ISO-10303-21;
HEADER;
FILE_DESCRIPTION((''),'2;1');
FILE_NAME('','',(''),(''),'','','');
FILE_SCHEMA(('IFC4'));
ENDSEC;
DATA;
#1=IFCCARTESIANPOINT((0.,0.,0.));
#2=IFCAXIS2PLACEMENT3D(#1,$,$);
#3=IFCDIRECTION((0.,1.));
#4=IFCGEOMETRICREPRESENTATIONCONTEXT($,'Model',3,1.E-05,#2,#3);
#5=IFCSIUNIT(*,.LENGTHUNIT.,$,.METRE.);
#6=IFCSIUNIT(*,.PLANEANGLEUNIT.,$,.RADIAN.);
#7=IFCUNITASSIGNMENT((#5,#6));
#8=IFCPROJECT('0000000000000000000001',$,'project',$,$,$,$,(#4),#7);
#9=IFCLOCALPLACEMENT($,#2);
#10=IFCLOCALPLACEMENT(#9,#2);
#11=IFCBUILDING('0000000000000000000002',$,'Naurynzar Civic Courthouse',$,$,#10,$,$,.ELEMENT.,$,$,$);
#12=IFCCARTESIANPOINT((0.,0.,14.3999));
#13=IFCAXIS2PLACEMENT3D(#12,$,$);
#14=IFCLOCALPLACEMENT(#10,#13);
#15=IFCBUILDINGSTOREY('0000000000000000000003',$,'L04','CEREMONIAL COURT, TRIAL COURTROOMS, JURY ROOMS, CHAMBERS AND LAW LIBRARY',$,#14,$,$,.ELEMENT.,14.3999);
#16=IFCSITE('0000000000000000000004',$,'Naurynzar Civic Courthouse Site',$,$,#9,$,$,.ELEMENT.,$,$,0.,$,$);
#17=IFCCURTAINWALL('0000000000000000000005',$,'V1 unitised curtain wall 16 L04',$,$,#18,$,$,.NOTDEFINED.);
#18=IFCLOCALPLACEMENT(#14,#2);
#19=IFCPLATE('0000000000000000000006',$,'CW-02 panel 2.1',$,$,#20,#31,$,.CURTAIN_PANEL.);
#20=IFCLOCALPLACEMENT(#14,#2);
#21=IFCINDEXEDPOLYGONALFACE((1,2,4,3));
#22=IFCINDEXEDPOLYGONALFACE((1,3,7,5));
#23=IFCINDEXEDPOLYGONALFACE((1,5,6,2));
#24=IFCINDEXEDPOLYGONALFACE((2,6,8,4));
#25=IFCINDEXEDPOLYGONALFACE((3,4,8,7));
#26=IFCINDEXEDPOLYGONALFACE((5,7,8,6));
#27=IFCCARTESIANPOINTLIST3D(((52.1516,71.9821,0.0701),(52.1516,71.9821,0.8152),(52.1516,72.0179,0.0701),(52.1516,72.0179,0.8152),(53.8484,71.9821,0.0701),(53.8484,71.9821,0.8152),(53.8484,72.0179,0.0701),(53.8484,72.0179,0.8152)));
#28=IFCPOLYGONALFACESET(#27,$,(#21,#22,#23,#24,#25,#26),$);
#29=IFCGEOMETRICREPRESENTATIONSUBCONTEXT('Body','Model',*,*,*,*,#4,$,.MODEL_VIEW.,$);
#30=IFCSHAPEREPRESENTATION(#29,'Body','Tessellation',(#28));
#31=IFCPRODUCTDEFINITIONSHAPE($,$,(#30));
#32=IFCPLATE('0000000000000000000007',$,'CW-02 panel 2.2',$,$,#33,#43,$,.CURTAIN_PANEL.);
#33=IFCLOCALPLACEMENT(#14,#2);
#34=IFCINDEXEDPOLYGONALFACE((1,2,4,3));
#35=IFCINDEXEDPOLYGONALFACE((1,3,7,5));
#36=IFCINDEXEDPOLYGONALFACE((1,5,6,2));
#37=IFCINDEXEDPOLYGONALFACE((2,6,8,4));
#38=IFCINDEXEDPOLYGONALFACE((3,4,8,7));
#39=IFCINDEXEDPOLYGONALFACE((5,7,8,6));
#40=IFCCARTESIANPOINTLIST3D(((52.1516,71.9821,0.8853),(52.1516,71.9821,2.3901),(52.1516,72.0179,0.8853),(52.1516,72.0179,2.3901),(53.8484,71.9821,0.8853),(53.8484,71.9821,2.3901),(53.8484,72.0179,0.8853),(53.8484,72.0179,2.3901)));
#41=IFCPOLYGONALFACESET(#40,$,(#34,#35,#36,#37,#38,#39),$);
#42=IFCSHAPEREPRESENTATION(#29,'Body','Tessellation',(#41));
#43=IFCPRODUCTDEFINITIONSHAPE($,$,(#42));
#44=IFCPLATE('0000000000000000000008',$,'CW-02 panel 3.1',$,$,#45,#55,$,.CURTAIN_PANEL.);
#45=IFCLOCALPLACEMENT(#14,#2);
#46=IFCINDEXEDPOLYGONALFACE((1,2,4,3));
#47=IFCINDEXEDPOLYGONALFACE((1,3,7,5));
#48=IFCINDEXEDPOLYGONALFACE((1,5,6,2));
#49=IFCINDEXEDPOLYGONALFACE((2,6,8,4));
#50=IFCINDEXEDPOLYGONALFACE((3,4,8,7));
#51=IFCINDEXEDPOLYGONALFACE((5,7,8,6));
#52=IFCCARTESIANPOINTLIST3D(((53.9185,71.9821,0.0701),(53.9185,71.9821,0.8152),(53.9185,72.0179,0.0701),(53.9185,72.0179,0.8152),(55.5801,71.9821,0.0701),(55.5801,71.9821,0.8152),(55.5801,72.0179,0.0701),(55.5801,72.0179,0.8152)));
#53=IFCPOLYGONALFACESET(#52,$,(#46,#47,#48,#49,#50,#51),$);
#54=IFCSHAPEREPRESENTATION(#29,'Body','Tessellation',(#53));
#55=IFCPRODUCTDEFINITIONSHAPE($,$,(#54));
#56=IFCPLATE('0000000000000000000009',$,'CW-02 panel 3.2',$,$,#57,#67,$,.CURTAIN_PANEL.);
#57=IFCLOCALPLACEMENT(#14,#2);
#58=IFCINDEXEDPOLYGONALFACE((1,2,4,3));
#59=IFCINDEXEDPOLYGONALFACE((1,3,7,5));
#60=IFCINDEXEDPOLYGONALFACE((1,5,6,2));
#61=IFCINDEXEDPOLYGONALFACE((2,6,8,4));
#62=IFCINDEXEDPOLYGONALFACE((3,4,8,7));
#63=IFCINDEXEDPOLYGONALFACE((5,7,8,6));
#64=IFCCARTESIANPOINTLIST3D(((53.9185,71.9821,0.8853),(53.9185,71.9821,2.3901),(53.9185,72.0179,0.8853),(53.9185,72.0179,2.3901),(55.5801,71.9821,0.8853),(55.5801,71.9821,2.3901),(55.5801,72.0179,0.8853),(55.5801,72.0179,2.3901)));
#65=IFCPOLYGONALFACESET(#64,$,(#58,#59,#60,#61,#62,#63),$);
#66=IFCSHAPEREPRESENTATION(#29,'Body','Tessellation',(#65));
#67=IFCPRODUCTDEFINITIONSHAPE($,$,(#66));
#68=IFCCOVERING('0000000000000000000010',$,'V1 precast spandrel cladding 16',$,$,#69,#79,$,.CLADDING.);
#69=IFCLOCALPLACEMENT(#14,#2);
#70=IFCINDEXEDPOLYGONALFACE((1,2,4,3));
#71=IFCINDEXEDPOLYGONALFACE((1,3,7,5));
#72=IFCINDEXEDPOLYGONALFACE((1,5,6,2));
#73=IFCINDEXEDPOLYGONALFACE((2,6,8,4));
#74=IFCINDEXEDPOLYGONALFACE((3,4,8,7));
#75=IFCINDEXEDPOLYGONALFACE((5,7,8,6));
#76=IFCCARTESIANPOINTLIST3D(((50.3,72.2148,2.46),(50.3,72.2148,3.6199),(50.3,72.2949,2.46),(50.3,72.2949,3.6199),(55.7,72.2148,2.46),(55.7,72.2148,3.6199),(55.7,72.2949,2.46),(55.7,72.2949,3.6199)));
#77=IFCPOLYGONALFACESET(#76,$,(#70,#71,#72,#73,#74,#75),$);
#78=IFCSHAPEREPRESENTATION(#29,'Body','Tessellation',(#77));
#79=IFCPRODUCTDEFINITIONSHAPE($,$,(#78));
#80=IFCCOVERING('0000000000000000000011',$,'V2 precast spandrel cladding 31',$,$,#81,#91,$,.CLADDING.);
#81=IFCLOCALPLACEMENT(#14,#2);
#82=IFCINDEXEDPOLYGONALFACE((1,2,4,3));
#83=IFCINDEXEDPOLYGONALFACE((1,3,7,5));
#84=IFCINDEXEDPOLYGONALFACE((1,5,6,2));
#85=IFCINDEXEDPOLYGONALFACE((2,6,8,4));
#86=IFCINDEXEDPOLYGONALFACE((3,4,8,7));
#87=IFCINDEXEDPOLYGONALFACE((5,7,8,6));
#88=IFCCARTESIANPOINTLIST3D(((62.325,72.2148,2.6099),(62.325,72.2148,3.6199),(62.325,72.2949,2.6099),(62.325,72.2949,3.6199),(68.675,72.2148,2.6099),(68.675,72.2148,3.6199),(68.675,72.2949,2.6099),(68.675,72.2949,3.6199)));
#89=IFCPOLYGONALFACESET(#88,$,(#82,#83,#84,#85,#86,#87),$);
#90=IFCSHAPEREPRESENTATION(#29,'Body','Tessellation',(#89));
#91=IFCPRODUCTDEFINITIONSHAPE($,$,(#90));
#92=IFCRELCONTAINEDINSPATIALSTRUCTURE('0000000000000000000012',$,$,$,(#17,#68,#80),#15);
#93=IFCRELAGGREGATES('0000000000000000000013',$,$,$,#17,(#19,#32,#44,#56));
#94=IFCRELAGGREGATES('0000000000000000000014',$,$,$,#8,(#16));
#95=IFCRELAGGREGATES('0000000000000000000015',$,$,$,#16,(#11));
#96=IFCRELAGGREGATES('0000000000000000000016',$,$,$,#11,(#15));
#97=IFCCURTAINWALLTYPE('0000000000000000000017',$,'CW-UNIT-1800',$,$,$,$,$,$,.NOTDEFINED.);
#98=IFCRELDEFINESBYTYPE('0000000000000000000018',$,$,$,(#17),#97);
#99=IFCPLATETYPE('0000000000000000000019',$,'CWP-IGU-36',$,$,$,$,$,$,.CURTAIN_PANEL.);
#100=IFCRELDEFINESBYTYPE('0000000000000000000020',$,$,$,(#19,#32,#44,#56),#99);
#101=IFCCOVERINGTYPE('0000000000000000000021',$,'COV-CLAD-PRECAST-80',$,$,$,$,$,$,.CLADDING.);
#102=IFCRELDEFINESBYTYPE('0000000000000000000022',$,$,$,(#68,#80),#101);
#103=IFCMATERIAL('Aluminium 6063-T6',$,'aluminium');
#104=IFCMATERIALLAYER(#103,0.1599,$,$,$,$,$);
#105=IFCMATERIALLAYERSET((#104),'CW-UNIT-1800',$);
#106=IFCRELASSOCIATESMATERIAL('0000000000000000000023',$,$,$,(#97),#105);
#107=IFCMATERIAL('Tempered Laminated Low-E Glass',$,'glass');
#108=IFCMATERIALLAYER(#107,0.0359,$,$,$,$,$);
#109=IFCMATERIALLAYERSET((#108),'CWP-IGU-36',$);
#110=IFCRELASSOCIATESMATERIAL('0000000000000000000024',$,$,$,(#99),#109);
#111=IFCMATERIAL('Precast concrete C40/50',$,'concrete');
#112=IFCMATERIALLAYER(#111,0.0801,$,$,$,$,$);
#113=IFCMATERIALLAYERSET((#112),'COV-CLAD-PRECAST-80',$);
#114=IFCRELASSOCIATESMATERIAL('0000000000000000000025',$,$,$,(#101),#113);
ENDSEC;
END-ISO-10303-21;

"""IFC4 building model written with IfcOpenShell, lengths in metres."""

from ifc_helpers import new_model, si_unit, direction, frame, origin, origin_2d, place, context, subcontext, project, spatial, rectangle, extrude, material, layer, layer_set, type_object, element, aggregate, save


model = new_model("IFC4")

# Units and contexts
model_context = context("Model", 3, precision=1e-05, world=origin(), true_north=direction((0.0, 1.0)))
body_context = subcontext(model_context, "Body", "Model", "MODEL_VIEW")
ifc_project = project(units=[si_unit("LENGTHUNIT", "METRE"), si_unit("PLANEANGLEUNIT", "RADIAN")], contexts=[model_context])

# Site, building, storey
site_placement = place(None, origin())
site = spatial("IfcSite", under=ifc_project, at=site_placement, Name="Naurynzar Civic Courthouse Site", CompositionType="ELEMENT", RefElevation=0.0)
building_placement = place(site_placement, origin())
building = spatial("IfcBuilding", under=site, at=building_placement, Name="Naurynzar Civic Courthouse", CompositionType="ELEMENT")
storey_placement = place(building_placement, frame((0.0, 0.0, 14.3999)))
storey = spatial("IfcBuildingStorey", under=building, at=storey_placement, Name="L04", Description="CEREMONIAL COURT, TRIAL COURTROOMS, JURY ROOMS, CHAMBERS AND LAW LIBRARY", CompositionType="ELEMENT", Elevation=14.3999)

# Curtain wall
ifc_material_1 = material(Name="Aluminium 6063-T6", Category="aluminium")
ifc_layer_1 = layer(ifc_material_1, 0.1599)
ifc_layer_set_1 = layer_set([ifc_layer_1], Name="CW-UNIT-1800")
curtain_wall_type_1 = type_object("IfcCurtainWallType", Name="CW-UNIT-1800", PredefinedType="NOTDEFINED", material=ifc_layer_set_1)
curtain_wall_1_placement = place(storey_placement, origin())
curtain_wall_1 = element("IfcCurtainWall", 1, at=curtain_wall_1_placement, inside=storey, type_object=curtain_wall_type_1, Name="V1 unitised curtain wall 16 L04", PredefinedType="NOTDEFINED")

# Plates
ifc_material_2 = material(Name="Tempered Laminated Low-E Glass", Category="glass")
ifc_layer_2 = layer(ifc_material_2, 0.0359)
ifc_layer_set_2 = layer_set([ifc_layer_2], Name="CWP-IGU-36")
plate_type_1 = type_object("IfcPlateType", Name="CWP-IGU-36", PredefinedType="CURTAIN_PANEL", material=ifc_layer_set_2)
plate_1_placement = place(storey_placement, frame((53.0, 72.0, 0.0701), z_axis=(0.0, 0.0, 1.0), x_axis=(1.0, 0.0, 0.0)))
plate_1 = element("IfcPlate", 2, at=plate_1_placement, type_object=plate_type_1, Name="CW-02 panel 2.1", PredefinedType="CURTAIN_PANEL", context=body_context, shape_type="SweptSolid", body=[
    extrude(rectangle(XDim=1.6968, YDim=0.0359, at=origin_2d()), origin(), (0.0, 0.0, 1.0), 0.7451),
])
plate_2_placement = place(storey_placement, frame((53.0, 72.0, 0.8853), z_axis=(0.0, 0.0, 1.0), x_axis=(1.0, 0.0, 0.0)))
plate_2 = element("IfcPlate", 3, at=plate_2_placement, type_object=plate_type_1, Name="CW-02 panel 2.2", PredefinedType="CURTAIN_PANEL", context=body_context, shape_type="SweptSolid", body=[
    extrude(rectangle(XDim=1.6968, YDim=0.0359, at=origin_2d()), origin(), (0.0, 0.0, 1.0), 1.5049),
])
plate_3_placement = place(storey_placement, frame((54.7493, 72.0, 0.0701), z_axis=(0.0, 0.0, 1.0), x_axis=(1.0, 0.0, 0.0)))
plate_3 = element("IfcPlate", 4, at=plate_3_placement, type_object=plate_type_1, Name="CW-02 panel 3.1", PredefinedType="CURTAIN_PANEL", context=body_context, shape_type="SweptSolid", body=[
    extrude(rectangle(XDim=1.6616, YDim=0.0359, at=origin_2d()), origin(), (0.0, 0.0, 1.0), 0.7451),
])
plate_4_placement = place(storey_placement, frame((54.7493, 72.0, 0.8853), z_axis=(0.0, 0.0, 1.0), x_axis=(1.0, 0.0, 0.0)))
plate_4 = element("IfcPlate", 5, at=plate_4_placement, type_object=plate_type_1, Name="CW-02 panel 3.2", PredefinedType="CURTAIN_PANEL", context=body_context, shape_type="SweptSolid", body=[
    extrude(rectangle(XDim=1.6616, YDim=0.0359, at=origin_2d()), origin(), (0.0, 0.0, 1.0), 1.5049),
])
aggregate(curtain_wall_1, [plate_1, plate_2, plate_3, plate_4])

# Coverings
ifc_material_3 = material(Name="Precast concrete C40/50", Category="concrete")
ifc_layer_3 = layer(ifc_material_3, 0.0801)
ifc_layer_set_3 = layer_set([ifc_layer_3], Name="COV-CLAD-PRECAST-80")
covering_type = type_object("IfcCoveringType", Name="COV-CLAD-PRECAST-80", PredefinedType="CLADDING", material=ifc_layer_set_3)
covering_1_placement = place(storey_placement, frame((53.0, 72.2549, 2.46), z_axis=(0.0, 0.0, 1.0), x_axis=(1.0, 0.0, 0.0)))
element("IfcCovering", 6, at=covering_1_placement, inside=storey, type_object=covering_type, Name="V1 precast spandrel cladding 16", PredefinedType="CLADDING", context=body_context, shape_type="SweptSolid", body=[
    extrude(rectangle(XDim=5.3999, YDim=0.0801, at=origin_2d()), origin(), (0.0, 0.0, 1.0), 1.1599),
])
covering_2_placement = place(storey_placement, frame((65.5, 72.2549, 2.6099), z_axis=(0.0, 0.0, 1.0), x_axis=(1.0, 0.0, 0.0)))
element("IfcCovering", 7, at=covering_2_placement, inside=storey, type_object=covering_type, Name="V2 precast spandrel cladding 31", PredefinedType="CLADDING", context=body_context, shape_type="SweptSolid", body=[
    extrude(rectangle(XDim=6.3501, YDim=0.0801, at=origin_2d()), origin(), (0.0, 0.0, 1.0), 1.01),
])

save(model, "model.ifc")
